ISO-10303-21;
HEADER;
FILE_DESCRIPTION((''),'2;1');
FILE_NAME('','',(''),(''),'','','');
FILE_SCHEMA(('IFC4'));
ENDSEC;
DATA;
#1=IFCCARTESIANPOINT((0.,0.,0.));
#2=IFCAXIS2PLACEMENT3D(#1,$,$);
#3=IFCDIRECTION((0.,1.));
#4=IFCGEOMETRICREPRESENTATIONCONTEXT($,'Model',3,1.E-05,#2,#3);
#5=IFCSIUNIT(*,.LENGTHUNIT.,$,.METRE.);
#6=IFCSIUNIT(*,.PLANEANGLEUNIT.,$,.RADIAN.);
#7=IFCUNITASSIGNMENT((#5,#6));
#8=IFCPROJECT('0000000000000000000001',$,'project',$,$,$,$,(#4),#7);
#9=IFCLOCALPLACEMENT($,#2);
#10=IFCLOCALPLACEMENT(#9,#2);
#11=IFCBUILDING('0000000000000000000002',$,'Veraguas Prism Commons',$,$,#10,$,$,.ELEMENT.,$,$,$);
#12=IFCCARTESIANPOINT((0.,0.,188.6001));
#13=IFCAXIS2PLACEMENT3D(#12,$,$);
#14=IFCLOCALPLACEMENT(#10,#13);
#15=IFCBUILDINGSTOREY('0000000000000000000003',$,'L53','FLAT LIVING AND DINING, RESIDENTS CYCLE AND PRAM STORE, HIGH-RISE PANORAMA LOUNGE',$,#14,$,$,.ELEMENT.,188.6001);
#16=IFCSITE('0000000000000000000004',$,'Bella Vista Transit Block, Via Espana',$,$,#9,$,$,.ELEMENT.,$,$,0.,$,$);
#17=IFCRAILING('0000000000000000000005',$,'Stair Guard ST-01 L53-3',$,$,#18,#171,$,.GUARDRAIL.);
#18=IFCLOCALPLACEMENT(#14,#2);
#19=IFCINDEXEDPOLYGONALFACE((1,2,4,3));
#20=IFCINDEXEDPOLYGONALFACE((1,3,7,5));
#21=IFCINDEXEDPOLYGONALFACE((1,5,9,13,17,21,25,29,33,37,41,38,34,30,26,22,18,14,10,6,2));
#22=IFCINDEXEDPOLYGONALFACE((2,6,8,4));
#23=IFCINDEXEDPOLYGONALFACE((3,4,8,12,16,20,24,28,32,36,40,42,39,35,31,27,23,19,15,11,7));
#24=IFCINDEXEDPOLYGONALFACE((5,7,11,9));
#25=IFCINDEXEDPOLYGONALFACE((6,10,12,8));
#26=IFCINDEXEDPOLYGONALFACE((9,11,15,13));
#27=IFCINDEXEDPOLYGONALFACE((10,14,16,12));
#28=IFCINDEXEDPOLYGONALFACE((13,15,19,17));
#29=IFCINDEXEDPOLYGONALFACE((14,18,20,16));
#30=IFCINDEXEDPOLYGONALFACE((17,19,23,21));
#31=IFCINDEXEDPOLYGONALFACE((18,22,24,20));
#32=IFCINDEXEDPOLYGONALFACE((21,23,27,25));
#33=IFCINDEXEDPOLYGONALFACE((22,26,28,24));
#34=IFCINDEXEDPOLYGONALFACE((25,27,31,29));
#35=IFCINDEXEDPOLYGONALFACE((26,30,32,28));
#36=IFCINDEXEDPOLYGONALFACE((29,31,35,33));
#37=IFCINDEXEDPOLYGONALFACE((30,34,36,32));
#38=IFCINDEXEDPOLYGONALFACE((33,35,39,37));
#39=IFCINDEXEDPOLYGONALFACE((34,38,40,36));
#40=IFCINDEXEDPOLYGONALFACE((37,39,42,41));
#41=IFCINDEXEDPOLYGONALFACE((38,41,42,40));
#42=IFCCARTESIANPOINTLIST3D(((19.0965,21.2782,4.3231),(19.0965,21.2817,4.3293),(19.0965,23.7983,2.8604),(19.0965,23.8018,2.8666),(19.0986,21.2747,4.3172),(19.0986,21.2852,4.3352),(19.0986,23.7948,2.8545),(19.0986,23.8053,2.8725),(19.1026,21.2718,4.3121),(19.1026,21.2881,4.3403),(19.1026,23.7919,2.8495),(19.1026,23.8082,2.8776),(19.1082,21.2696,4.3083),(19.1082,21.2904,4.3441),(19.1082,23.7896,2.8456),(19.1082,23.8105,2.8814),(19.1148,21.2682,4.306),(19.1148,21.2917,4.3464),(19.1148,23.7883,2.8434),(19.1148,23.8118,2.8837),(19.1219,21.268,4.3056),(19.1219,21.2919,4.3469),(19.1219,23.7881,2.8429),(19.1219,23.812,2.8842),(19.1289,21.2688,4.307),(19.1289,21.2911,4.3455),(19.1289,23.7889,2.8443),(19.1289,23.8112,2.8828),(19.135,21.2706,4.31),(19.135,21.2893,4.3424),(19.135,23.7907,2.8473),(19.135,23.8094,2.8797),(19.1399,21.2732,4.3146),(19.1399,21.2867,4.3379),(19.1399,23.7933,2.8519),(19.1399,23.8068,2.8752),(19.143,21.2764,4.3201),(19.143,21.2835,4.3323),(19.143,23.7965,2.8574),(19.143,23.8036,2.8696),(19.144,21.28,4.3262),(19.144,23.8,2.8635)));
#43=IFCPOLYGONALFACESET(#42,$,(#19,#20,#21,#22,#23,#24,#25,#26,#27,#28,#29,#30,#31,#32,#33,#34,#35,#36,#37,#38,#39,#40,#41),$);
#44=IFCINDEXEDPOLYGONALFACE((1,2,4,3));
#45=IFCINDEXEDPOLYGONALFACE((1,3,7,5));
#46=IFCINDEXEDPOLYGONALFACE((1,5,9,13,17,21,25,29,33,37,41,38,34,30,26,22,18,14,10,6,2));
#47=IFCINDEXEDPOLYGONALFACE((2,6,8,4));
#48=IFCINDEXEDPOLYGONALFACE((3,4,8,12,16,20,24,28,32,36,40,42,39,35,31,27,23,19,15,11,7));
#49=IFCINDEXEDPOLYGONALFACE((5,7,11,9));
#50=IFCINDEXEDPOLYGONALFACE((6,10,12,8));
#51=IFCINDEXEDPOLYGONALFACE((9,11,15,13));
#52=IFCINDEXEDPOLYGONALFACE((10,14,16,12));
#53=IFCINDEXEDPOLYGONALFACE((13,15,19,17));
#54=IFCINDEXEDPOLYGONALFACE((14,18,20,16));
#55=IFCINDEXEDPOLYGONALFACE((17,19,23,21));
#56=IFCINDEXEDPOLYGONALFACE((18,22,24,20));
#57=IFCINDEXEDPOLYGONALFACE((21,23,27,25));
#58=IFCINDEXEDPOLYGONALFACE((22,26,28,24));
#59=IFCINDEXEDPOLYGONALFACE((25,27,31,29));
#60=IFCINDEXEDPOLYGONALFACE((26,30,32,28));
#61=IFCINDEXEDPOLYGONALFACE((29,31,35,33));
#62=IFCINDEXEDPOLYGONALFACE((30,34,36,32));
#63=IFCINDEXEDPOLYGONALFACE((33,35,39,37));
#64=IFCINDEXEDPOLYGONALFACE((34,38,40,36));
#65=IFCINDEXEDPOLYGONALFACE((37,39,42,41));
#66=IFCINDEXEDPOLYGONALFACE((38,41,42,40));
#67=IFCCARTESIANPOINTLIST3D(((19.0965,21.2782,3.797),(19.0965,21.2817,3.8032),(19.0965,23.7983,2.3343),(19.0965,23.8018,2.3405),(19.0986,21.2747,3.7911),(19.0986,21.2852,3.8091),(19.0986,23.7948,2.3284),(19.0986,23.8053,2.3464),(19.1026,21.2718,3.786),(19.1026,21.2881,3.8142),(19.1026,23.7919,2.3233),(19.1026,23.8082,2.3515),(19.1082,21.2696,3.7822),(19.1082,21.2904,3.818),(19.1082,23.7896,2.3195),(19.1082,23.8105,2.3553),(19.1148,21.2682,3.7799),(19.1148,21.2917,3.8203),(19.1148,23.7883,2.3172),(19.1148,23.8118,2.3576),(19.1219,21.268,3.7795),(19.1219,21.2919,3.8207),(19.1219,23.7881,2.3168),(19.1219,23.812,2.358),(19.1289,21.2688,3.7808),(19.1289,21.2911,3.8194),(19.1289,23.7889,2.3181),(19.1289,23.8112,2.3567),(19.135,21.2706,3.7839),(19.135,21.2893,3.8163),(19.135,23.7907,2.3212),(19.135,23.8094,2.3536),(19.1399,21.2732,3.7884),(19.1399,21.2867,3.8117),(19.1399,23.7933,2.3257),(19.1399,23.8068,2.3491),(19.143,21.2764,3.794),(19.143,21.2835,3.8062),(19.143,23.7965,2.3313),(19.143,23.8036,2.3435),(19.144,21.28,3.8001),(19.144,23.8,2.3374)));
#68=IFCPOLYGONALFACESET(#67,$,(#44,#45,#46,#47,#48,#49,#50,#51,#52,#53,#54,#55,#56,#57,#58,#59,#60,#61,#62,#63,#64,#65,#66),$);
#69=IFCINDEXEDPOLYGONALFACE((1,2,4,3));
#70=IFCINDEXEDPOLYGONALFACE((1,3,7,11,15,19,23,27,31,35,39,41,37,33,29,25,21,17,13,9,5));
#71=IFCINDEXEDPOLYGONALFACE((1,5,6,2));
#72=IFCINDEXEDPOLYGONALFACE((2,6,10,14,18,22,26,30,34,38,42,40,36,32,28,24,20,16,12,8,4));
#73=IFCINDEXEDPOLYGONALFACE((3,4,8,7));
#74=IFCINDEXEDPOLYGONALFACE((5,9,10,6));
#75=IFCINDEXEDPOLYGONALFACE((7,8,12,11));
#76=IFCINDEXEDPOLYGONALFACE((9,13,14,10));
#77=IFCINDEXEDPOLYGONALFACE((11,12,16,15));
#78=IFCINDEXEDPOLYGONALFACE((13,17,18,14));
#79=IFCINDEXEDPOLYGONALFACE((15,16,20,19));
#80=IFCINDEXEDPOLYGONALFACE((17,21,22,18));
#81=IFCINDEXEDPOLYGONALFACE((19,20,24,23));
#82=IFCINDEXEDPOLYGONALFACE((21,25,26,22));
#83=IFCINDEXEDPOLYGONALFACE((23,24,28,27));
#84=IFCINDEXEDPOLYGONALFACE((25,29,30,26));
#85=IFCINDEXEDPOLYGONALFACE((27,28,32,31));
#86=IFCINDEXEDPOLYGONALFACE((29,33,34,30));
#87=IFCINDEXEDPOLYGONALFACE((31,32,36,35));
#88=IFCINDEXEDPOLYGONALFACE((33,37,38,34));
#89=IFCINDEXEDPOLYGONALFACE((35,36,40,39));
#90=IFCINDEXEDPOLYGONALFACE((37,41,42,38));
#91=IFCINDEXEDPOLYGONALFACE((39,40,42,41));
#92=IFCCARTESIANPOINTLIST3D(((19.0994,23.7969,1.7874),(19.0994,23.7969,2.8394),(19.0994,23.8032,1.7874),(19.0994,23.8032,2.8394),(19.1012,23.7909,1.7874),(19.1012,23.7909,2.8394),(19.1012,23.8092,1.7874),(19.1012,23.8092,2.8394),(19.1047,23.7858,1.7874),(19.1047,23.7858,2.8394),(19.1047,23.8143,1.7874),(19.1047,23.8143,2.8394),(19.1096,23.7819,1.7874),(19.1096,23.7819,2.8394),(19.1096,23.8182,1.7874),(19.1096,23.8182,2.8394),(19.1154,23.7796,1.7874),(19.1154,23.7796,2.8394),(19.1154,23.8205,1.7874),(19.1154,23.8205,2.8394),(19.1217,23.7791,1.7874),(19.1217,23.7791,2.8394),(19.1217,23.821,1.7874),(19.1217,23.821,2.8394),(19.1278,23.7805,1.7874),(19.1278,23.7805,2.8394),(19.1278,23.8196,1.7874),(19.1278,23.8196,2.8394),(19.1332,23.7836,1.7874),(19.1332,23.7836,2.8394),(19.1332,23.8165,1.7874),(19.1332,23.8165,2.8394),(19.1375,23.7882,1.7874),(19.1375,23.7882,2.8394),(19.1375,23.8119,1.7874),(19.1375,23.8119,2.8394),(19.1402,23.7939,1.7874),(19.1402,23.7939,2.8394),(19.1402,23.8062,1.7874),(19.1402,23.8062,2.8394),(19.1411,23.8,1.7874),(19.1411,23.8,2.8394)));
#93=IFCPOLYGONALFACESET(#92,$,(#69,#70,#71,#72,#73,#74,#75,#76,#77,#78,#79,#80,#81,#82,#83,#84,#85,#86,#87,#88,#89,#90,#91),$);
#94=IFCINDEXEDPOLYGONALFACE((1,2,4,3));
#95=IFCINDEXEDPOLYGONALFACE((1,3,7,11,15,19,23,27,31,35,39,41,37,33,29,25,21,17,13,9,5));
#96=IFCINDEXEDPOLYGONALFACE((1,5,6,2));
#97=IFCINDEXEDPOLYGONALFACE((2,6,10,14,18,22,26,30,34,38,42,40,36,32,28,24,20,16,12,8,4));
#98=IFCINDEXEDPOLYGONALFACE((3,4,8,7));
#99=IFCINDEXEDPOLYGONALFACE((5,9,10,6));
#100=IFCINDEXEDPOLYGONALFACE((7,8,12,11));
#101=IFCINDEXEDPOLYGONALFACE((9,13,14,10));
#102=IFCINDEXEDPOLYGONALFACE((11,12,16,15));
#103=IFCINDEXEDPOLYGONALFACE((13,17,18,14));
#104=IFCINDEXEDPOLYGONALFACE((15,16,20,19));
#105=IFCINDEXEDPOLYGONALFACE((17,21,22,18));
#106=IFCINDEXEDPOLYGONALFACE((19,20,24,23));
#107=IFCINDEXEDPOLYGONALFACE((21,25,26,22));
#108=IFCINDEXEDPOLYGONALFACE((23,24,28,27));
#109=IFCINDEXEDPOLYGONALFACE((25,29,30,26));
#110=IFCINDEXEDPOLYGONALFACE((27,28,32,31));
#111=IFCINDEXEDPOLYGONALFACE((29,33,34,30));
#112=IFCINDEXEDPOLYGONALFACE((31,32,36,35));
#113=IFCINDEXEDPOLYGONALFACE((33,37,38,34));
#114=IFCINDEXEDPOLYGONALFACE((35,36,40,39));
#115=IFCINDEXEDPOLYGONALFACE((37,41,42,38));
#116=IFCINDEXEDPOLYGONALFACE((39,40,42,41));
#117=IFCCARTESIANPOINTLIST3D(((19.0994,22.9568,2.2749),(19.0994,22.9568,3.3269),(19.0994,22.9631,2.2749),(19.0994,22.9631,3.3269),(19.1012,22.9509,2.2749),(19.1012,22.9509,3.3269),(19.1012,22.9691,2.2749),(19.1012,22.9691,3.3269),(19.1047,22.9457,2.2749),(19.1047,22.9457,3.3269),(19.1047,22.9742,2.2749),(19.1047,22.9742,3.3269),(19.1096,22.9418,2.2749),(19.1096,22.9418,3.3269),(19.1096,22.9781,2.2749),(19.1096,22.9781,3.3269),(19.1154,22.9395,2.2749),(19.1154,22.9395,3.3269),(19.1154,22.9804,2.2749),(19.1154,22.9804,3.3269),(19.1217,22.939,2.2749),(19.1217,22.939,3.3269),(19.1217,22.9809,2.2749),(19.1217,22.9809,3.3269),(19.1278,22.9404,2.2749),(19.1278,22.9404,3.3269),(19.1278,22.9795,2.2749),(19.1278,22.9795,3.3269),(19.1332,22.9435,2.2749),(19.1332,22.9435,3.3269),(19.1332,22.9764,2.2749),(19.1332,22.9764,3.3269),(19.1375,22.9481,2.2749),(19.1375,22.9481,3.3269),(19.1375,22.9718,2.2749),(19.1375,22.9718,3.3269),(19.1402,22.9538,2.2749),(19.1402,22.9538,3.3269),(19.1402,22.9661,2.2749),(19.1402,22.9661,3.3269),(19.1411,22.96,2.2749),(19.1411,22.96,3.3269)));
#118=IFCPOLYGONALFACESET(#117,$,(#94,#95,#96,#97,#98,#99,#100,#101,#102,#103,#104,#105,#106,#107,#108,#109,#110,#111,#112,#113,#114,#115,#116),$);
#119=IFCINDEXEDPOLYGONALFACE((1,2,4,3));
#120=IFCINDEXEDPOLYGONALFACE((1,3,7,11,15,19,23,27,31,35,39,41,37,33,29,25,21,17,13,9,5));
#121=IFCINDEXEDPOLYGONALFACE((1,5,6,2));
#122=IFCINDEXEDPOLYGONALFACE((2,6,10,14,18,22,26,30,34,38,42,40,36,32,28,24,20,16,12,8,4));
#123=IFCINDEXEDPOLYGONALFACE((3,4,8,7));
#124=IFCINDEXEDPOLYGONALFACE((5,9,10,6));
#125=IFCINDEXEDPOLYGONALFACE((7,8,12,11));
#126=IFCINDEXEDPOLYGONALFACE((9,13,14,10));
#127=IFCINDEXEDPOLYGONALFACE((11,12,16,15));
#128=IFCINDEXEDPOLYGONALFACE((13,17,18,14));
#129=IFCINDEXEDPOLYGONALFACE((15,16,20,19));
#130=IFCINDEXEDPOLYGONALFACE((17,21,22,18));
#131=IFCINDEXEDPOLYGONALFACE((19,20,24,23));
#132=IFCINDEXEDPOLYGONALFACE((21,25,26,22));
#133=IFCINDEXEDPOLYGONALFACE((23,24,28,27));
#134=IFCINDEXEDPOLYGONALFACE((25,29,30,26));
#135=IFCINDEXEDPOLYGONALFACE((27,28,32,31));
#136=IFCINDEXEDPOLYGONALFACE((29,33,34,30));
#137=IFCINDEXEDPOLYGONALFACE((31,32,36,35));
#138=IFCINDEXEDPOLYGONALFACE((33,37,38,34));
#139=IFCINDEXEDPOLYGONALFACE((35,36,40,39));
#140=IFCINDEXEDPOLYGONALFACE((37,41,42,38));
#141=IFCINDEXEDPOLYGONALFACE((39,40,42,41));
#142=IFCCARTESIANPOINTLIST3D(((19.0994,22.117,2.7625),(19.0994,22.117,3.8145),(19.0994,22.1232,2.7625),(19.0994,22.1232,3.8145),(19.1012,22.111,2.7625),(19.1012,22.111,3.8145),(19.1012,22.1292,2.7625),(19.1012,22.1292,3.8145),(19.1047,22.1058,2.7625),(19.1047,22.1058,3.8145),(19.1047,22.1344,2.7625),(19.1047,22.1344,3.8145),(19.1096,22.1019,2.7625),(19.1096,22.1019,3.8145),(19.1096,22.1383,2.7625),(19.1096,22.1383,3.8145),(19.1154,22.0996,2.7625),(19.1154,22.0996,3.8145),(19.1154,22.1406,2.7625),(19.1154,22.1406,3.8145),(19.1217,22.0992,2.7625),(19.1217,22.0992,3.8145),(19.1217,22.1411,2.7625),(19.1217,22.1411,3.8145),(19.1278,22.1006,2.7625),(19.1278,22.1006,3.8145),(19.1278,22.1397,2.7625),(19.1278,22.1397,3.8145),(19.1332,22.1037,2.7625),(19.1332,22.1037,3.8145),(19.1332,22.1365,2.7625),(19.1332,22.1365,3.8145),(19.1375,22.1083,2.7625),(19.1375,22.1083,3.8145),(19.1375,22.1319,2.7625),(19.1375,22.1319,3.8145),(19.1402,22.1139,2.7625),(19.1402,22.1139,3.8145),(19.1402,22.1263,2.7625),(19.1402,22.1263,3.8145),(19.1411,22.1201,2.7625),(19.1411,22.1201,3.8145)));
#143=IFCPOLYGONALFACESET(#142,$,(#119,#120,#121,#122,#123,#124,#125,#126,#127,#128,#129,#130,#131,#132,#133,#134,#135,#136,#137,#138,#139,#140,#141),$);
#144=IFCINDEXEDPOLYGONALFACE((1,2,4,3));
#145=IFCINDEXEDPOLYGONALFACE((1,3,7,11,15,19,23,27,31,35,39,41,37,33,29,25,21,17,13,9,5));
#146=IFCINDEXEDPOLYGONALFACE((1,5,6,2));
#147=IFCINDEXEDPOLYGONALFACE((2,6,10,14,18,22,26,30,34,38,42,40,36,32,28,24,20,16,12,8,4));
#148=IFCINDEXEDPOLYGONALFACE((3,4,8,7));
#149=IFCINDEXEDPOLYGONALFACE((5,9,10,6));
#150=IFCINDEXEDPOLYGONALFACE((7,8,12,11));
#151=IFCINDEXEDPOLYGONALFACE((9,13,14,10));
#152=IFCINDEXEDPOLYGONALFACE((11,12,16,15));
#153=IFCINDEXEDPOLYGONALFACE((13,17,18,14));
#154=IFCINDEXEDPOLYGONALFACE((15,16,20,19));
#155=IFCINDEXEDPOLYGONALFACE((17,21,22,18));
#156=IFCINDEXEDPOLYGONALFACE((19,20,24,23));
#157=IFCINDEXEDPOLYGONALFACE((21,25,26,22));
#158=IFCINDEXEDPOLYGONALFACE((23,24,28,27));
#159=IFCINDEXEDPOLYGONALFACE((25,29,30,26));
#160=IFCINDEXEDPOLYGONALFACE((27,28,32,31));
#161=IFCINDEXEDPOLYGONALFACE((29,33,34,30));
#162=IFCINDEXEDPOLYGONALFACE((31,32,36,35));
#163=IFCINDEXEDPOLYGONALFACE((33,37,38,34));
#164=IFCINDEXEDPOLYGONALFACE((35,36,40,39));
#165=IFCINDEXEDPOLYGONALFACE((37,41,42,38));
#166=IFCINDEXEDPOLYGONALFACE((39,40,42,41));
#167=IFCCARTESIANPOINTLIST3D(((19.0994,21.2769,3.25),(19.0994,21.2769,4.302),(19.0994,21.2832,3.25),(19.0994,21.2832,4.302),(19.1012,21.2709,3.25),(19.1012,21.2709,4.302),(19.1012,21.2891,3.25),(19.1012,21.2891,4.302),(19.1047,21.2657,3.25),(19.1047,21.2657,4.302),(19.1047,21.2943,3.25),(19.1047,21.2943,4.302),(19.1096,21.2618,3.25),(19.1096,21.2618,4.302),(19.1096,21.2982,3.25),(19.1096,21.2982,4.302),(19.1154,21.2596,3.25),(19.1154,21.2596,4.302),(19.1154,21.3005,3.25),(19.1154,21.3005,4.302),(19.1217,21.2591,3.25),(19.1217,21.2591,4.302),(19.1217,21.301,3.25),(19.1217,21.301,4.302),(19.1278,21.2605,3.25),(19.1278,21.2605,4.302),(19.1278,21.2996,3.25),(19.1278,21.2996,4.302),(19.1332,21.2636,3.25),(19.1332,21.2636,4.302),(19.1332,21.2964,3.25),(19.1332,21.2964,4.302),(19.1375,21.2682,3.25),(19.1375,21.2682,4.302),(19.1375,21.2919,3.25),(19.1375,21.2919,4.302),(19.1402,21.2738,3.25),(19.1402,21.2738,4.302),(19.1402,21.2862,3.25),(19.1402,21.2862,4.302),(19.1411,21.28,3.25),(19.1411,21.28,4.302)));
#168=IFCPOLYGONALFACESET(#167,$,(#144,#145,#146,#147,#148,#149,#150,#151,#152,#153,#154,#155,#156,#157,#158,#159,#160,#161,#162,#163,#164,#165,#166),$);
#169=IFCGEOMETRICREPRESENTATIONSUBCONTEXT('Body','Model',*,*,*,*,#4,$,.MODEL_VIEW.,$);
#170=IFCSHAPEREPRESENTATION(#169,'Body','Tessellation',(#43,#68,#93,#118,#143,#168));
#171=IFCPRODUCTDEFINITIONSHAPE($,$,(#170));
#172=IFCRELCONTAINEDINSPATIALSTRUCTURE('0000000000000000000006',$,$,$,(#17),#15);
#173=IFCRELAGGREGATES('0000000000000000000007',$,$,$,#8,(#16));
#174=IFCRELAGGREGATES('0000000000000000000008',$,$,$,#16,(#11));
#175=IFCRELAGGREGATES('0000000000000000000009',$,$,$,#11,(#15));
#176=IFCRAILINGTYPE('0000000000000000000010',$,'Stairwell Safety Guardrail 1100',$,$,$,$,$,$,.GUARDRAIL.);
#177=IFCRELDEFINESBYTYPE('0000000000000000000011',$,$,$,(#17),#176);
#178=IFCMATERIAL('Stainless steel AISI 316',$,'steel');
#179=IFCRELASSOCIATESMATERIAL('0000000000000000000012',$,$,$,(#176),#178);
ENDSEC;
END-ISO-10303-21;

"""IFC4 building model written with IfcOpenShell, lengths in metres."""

from ifc_helpers import new_model, si_unit, direction, frame, origin, origin_2d, place, context, subcontext, project, spatial, circle, extrude, material, type_object, element, save


model = new_model("IFC4")

# Units and contexts
model_context = context("Model", 3, precision=1e-05, world=origin(), true_north=direction((0.0, 1.0)))
body_context = subcontext(model_context, "Body", "Model", "MODEL_VIEW")
ifc_project = project(units=[si_unit("LENGTHUNIT", "METRE"), si_unit("PLANEANGLEUNIT", "RADIAN")], contexts=[model_context])

# Site, building, storey
site_placement = place(None, origin())
site = spatial("IfcSite", under=ifc_project, at=site_placement, Name="Bella Vista Transit Block, Via Espana", CompositionType="ELEMENT", RefElevation=0.0)
building_placement = place(site_placement, origin())
building = spatial("IfcBuilding", under=site, at=building_placement, Name="Veraguas Prism Commons", CompositionType="ELEMENT")
storey_placement = place(building_placement, frame((0.0, 0.0, 188.6001)))
storey = spatial("IfcBuildingStorey", under=building, at=storey_placement, Name="L53", Description="FLAT LIVING AND DINING, RESIDENTS CYCLE AND PRAM STORE, HIGH-RISE PANORAMA LOUNGE", CompositionType="ELEMENT", Elevation=188.6001)

# Railing
ifc_material_1 = material(Name="Stainless steel AISI 316", Category="steel")
railing_type_1 = type_object("IfcRailingType", Name="Stairwell Safety Guardrail 1100", PredefinedType="GUARDRAIL", material=ifc_material_1)
railing_1_placement = place(storey_placement, frame((19.1201, 23.8, 1.7874)))
element("IfcRailing", 1, at=railing_1_placement, inside=storey, type_object=railing_type_1, Name="Stair Guard ST-01 L53-3", PredefinedType="GUARDRAIL", context=body_context, shape_type="SweptSolid", body=[
    extrude(circle(Radius=0.0239, at=origin_2d()), frame((0.0, 0.0, 1.0762), z_axis=(0.0, -0.864877, 0.501984), x_axis=(1.0, 0.0, 0.0)), (0.0, 0.0, 1.0), 2.9138),
    extrude(circle(Radius=0.0239, at=origin_2d()), frame((0.0, 0.0, 0.55), z_axis=(0.0, -0.864877, 0.501984), x_axis=(1.0, 0.0, 0.0)), (0.0, 0.0, 1.0), 2.9138),
    extrude(circle(Radius=0.021, at=origin_2d()), origin(), (0.0, 0.0, 1.0), 1.052),
    extrude(circle(Radius=0.021, at=origin_2d()), frame((0.0, -0.8401, 0.4875)), (0.0, 0.0, 1.0), 1.052),
    extrude(circle(Radius=0.021, at=origin_2d()), frame((0.0, -1.6799, 0.9751)), (0.0, 0.0, 1.0), 1.052),
    extrude(circle(Radius=0.021, at=origin_2d()), frame((0.0, -2.52, 1.4626)), (0.0, 0.0, 1.0), 1.052),
])

save(model, "model.ifc")
